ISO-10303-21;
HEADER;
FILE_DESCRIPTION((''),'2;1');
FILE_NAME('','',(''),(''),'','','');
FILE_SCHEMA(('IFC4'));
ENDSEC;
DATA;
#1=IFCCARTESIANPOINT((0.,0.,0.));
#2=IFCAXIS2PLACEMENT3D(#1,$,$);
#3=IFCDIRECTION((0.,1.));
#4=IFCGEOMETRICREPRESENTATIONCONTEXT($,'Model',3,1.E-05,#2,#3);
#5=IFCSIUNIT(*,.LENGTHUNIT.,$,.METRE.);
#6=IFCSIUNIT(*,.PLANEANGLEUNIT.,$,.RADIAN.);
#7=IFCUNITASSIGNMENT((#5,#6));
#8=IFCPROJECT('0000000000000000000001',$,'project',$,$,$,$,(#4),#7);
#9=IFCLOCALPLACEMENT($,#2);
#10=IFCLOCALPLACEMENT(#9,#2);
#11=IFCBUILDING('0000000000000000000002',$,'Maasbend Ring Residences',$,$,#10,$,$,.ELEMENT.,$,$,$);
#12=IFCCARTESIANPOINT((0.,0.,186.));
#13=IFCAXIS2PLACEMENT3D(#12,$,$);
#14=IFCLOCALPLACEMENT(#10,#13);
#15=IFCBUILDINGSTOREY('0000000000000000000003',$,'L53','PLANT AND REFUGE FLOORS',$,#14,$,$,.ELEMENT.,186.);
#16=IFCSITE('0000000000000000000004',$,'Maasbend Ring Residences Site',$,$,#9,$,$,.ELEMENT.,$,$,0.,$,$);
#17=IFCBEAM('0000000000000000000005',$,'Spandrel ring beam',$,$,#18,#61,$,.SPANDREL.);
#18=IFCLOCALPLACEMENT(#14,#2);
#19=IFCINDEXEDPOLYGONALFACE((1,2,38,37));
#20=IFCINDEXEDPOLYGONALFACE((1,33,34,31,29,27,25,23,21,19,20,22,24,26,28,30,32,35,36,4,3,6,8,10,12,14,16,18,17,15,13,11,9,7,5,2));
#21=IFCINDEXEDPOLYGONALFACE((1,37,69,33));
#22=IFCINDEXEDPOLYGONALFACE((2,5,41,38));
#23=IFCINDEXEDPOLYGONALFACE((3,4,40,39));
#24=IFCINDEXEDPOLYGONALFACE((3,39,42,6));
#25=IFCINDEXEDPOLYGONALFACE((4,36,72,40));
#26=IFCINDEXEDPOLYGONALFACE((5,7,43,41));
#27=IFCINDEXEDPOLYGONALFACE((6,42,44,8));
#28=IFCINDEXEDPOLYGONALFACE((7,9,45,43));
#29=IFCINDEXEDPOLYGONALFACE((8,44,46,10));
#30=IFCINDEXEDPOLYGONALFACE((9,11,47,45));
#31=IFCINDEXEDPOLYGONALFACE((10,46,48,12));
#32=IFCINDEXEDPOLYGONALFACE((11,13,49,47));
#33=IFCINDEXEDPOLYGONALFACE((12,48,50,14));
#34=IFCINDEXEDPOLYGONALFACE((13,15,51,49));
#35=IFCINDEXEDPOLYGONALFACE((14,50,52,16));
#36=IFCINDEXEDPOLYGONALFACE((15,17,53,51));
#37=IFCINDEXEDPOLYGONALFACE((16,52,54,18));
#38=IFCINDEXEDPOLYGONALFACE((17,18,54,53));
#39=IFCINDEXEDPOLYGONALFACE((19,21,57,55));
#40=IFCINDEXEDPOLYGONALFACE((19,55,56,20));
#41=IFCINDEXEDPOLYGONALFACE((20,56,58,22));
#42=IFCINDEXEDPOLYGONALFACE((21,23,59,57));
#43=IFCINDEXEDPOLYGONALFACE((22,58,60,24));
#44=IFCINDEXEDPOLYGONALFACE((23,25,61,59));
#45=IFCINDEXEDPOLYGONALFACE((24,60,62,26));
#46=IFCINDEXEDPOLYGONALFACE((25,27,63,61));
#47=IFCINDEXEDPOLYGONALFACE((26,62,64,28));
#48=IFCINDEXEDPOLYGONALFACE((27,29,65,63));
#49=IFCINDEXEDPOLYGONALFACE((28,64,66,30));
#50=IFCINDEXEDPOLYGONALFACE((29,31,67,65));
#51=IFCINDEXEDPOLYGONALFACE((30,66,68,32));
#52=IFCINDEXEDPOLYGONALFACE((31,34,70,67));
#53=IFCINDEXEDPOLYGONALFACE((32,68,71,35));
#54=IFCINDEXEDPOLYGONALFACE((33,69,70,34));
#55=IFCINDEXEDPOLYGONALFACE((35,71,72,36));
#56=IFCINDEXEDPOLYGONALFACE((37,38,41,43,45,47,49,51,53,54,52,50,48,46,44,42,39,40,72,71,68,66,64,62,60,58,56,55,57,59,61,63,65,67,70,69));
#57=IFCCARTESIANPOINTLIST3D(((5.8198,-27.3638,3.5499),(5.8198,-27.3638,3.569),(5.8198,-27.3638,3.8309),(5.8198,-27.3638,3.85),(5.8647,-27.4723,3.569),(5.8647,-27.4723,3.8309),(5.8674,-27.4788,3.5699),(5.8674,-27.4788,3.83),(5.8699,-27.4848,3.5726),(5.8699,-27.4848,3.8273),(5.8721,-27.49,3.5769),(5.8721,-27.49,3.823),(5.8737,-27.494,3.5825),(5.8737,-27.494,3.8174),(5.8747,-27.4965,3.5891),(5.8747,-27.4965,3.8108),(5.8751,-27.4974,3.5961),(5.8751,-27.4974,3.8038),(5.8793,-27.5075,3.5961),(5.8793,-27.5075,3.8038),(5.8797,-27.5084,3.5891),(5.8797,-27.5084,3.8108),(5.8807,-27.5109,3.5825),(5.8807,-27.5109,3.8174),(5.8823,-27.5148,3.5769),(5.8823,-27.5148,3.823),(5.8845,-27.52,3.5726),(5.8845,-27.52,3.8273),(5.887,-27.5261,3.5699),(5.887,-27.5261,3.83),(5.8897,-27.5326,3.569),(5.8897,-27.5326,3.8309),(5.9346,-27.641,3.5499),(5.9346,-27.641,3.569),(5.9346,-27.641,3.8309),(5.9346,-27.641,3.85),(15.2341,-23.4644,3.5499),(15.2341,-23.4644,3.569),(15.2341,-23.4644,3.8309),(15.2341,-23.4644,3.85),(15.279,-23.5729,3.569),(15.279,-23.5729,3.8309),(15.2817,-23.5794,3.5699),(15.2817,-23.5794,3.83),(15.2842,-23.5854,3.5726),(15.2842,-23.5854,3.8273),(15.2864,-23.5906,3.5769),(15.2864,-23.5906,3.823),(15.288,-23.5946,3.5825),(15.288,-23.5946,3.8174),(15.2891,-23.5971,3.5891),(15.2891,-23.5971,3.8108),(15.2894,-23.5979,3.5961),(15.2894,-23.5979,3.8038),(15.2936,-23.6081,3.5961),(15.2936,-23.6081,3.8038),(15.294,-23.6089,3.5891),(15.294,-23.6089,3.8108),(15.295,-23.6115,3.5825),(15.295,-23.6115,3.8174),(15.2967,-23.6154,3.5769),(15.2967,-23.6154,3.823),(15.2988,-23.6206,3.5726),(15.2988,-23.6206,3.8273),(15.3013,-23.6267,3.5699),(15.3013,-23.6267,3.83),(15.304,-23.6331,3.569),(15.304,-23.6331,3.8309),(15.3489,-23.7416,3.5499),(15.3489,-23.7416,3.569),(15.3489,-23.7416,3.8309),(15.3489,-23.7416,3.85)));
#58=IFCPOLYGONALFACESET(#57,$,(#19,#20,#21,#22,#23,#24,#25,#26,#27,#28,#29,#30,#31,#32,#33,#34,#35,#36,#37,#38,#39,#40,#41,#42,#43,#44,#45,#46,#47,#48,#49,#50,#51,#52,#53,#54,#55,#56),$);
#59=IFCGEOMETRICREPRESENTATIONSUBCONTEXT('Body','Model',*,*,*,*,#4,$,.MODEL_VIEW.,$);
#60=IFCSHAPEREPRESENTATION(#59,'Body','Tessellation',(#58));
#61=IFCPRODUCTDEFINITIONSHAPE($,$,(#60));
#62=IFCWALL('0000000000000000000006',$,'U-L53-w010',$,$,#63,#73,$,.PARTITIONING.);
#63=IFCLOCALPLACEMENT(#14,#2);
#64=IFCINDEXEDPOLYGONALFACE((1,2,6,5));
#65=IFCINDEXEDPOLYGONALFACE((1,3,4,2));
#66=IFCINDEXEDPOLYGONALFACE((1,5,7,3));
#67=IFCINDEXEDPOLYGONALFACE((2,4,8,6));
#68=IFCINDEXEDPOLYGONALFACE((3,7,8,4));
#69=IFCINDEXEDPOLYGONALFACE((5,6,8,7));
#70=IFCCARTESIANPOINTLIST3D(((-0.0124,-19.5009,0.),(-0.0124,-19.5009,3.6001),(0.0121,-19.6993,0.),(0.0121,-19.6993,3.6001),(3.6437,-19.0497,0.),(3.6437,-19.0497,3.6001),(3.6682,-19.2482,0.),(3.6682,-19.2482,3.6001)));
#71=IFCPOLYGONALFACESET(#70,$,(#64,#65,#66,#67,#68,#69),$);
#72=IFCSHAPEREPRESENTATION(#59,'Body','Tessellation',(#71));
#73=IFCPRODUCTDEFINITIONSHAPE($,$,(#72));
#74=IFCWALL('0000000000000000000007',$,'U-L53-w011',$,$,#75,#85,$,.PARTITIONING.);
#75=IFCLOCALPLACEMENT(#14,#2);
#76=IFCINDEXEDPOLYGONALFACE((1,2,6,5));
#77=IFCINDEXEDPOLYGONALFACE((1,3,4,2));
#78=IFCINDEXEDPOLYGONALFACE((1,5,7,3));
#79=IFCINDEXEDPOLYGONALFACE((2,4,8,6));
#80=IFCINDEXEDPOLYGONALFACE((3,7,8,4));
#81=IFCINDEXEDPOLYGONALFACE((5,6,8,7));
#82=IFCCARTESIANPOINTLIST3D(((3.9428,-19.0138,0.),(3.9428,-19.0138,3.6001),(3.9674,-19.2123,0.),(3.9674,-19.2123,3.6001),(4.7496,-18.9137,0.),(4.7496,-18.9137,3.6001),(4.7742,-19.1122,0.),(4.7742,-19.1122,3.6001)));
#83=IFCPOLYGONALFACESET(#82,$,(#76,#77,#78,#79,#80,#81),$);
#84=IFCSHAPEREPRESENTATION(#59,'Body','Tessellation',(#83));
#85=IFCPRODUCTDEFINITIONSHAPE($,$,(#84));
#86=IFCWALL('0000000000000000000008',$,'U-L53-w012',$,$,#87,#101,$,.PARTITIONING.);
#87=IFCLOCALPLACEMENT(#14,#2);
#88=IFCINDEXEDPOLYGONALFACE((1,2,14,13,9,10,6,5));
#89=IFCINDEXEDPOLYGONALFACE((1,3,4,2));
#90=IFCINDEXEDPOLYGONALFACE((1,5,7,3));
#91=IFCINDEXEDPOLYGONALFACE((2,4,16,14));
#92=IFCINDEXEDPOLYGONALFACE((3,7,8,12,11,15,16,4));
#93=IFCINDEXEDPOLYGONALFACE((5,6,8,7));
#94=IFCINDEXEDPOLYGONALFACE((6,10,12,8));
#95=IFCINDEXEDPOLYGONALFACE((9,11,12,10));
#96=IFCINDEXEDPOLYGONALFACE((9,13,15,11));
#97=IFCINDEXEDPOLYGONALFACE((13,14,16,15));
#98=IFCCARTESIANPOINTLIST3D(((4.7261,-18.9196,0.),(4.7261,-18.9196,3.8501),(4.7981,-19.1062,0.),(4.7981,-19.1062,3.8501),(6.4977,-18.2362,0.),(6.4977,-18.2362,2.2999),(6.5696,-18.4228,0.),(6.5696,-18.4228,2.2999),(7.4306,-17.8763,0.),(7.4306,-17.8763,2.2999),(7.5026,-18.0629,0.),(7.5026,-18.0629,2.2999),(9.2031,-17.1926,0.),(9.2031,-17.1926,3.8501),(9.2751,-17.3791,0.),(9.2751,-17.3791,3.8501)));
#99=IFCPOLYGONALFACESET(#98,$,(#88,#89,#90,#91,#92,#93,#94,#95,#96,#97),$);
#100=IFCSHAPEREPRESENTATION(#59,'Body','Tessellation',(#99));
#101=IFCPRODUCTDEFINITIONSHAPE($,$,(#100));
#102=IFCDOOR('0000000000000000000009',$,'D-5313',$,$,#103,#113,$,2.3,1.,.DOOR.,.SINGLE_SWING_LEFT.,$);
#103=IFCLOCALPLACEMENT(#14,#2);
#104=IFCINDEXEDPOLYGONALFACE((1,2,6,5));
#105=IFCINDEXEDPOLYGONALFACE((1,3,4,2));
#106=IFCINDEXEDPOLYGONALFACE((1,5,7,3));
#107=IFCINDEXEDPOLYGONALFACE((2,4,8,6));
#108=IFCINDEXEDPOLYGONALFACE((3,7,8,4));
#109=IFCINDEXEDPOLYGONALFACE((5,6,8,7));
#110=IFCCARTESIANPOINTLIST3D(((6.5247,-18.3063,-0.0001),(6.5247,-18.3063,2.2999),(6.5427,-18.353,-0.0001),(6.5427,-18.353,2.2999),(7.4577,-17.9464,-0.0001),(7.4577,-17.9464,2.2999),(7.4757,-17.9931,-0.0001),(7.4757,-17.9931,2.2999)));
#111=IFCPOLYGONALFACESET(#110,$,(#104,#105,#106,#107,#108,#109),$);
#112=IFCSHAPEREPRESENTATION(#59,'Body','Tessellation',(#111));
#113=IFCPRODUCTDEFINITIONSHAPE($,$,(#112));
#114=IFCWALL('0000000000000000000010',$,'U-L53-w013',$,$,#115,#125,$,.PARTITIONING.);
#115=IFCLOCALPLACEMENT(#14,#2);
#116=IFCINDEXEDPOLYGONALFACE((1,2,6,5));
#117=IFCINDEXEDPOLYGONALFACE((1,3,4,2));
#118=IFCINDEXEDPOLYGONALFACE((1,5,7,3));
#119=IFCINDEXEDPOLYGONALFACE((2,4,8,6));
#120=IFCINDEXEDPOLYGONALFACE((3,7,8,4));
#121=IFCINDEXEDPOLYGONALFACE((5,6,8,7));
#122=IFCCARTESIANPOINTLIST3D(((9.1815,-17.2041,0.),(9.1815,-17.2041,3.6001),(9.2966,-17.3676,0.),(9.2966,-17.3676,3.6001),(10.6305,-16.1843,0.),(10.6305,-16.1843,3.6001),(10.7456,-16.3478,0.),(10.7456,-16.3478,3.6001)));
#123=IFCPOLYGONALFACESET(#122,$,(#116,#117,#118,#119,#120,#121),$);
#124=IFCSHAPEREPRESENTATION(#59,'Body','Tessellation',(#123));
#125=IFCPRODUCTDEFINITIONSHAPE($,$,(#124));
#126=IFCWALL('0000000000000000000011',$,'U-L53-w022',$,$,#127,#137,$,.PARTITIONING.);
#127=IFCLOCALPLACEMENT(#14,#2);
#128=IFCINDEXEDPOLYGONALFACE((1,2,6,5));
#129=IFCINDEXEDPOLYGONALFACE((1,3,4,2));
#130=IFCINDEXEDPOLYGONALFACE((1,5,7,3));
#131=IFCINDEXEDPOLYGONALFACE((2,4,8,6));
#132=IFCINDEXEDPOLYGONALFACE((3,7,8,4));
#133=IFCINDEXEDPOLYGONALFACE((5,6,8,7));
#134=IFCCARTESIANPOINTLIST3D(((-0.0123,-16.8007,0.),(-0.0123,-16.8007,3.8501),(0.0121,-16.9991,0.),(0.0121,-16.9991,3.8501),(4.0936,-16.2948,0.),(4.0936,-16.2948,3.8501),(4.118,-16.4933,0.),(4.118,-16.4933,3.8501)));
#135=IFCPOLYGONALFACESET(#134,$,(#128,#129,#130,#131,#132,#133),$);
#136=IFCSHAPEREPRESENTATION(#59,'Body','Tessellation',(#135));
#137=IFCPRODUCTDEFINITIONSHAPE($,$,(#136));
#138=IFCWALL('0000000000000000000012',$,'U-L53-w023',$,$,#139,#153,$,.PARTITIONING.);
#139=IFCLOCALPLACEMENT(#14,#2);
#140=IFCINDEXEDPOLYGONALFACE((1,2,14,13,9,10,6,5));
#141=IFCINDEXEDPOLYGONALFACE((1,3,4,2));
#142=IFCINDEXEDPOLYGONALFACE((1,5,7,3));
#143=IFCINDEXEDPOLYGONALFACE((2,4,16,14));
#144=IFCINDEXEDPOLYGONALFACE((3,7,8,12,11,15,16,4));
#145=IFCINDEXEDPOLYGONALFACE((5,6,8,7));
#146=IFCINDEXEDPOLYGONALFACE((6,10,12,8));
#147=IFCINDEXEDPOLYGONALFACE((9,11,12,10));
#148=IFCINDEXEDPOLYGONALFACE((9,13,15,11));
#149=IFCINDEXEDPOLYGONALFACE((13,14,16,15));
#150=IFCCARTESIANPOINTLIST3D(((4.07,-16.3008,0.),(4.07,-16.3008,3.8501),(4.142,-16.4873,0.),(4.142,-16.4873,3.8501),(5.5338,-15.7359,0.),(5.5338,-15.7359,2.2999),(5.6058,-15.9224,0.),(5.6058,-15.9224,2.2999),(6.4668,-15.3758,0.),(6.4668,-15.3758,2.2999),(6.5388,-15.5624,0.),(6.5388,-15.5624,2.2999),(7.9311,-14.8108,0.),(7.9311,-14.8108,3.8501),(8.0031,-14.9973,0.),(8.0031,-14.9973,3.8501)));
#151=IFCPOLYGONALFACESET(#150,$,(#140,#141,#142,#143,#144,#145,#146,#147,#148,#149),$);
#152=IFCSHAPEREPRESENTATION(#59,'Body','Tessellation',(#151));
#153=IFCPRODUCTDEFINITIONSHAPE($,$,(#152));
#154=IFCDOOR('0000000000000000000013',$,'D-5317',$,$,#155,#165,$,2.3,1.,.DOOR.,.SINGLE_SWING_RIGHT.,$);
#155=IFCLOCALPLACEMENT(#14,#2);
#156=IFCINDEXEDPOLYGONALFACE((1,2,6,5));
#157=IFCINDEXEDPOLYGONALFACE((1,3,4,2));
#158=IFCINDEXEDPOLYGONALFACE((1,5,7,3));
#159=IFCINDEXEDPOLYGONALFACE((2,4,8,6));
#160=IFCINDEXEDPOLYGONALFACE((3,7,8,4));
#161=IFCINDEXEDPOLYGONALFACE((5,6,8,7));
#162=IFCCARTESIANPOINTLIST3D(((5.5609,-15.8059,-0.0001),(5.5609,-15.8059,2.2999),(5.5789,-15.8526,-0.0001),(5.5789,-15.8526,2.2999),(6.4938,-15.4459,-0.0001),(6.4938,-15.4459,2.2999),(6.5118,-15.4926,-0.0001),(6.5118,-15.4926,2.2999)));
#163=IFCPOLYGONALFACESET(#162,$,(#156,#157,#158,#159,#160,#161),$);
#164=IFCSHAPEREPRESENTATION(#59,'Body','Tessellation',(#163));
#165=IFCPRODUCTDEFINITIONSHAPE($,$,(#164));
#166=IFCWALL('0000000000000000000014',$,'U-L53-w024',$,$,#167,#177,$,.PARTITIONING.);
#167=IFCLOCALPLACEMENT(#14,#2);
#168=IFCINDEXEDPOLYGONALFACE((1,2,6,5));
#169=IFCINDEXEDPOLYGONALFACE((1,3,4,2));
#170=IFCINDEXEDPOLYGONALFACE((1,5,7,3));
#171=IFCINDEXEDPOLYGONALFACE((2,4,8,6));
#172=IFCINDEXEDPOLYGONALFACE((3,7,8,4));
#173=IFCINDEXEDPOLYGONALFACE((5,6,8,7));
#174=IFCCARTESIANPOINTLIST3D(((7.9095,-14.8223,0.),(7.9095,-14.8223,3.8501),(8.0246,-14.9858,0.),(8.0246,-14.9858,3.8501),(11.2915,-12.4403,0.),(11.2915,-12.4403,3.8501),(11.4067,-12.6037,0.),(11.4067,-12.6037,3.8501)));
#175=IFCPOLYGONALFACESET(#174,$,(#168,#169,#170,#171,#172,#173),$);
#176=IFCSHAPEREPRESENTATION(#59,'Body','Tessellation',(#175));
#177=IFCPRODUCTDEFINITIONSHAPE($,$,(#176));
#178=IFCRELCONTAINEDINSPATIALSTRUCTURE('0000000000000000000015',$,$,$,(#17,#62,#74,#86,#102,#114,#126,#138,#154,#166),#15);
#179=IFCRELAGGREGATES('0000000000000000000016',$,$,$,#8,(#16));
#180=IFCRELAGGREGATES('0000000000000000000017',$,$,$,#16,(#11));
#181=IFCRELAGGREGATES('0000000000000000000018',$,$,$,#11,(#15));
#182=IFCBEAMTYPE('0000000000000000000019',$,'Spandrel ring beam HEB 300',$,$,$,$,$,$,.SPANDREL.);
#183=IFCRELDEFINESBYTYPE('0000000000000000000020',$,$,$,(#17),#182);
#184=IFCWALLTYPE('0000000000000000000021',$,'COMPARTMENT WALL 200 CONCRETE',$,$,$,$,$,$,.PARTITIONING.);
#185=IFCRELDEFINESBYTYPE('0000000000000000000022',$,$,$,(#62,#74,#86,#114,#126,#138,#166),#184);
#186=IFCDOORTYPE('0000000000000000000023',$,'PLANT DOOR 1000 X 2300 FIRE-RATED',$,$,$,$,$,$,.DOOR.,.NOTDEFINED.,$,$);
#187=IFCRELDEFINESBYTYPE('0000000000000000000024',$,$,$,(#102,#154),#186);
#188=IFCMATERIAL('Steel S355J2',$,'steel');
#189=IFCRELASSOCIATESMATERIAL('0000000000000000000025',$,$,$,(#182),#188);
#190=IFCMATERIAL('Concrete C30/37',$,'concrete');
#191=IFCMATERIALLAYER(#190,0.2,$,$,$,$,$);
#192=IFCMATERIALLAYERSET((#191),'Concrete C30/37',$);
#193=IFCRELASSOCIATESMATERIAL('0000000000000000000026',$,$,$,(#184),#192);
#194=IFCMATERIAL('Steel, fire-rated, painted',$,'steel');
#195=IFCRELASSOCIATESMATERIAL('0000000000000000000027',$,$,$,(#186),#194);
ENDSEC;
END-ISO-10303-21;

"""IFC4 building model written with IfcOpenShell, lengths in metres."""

from ifc_helpers import new_model, si_unit, direction, frame, frame_2d, origin, origin_2d, place, context, subcontext, project, spatial, rectangle, i_section, extrude, material, layer, layer_set, material_profile, profile_set, type_object, element, fill, save


model = new_model("IFC4")

# Units and contexts
model_context = context("Model", 3, precision=1e-05, world=origin(), true_north=direction((0.0, 1.0)))
body_context = subcontext(model_context, "Body", "Model", "MODEL_VIEW")
ifc_project = project(units=[si_unit("LENGTHUNIT", "METRE"), si_unit("PLANEANGLEUNIT", "RADIAN")], contexts=[model_context])

# Site, building, storey
site_placement = place(None, origin())
site = spatial("IfcSite", under=ifc_project, at=site_placement, Name="Maasbend Ring Residences Site", CompositionType="ELEMENT", RefElevation=0.0)
building_placement = place(site_placement, origin())
building = spatial("IfcBuilding", under=site, at=building_placement, Name="Maasbend Ring Residences", CompositionType="ELEMENT")
storey_placement = place(building_placement, frame((0.0, 0.0, 186.0)))
storey = spatial("IfcBuildingStorey", under=building, at=storey_placement, Name="L53", Description="PLANT AND REFUGE FLOORS", CompositionType="ELEMENT", Elevation=186.0)

# Beam
ifc_material_1 = material(Name="Steel S355J2", Category="steel")
ifc_material_profile_1 = material_profile(ifc_material_1, i_section(OverallWidth=0.3, OverallDepth=0.3, WebThickness=0.011, FlangeThickness=0.019, FilletRadius=0.0271, at=origin_2d()), Name="HEB 300")
ifc_profile_set_1 = profile_set([ifc_material_profile_1], Name="Steel S355J2")
beam_type_1 = type_object("IfcBeamType", Name="Spandrel ring beam HEB 300", PredefinedType="SPANDREL", material=ifc_profile_set_1)
beam_1_placement = place(storey_placement, frame((5.8772, -27.5024, 3.7), z_axis=(0.923884, 0.382673, 0.0), x_axis=(-0.382673, 0.923884, 0.0)))
element("IfcBeam", 1, at=beam_1_placement, inside=storey, type_object=beam_type_1, Name="Spandrel ring beam", PredefinedType="SPANDREL", context=body_context, shape_type="SweptSolid", body=[
    extrude(i_section(OverallWidth=0.3, OverallDepth=0.3, WebThickness=0.011, FlangeThickness=0.019, FilletRadius=0.0271, at=origin_2d()), origin(), (0.0, 0.0, 1.0), 10.1899),
])

# Walls
ifc_material_2 = material(Name="Concrete C30/37", Category="concrete")
ifc_layer_1 = layer(ifc_material_2, 0.2)
ifc_layer_set_1 = layer_set([ifc_layer_1], Name="Concrete C30/37")
wall_type_1 = type_object("IfcWallType", Name="COMPARTMENT WALL 200 CONCRETE", PredefinedType="PARTITIONING", material=ifc_layer_set_1)
wall_1_placement = place(storey_placement, frame((0.0, -19.6001, 0.0), z_axis=(0.0, 0.0, 1.0), x_axis=(0.992471, 0.122477, 0.0)))
element("IfcWall", 2, at=wall_1_placement, inside=storey, type_object=wall_type_1, Name="U-L53-w010", PredefinedType="PARTITIONING", context=body_context, shape_type="SweptSolid", body=[
    extrude(rectangle(XDim=3.6838, YDim=0.2, at=frame_2d((1.8418, 0.0))), origin(), (0.0, 0.0, 1.0), 3.6001),
])
wall_2_placement = place(storey_placement, frame((3.9551, -19.113, 0.0), z_axis=(0.0, 0.0, 1.0), x_axis=(0.992393, 0.123111, 0.0)))
element("IfcWall", 3, at=wall_2_placement, inside=storey, type_object=wall_type_1, Name="U-L53-w011", PredefinedType="PARTITIONING", context=body_context, shape_type="SweptSolid", body=[
    extrude(rectangle(XDim=0.813, YDim=0.2, at=frame_2d((0.4065, 0.0))), origin(), (0.0, 0.0, 1.0), 3.6001),
])

# Wall, opening, door
wall_3_placement = place(storey_placement, frame((4.762, -19.0129, 0.0), z_axis=(0.0, 0.0, 1.0), x_axis=(0.932988, 0.359906, 0.0)))
wall_3 = element("IfcWall", 4, at=wall_3_placement, inside=storey, type_object=wall_type_1, Name="U-L53-w012", PredefinedType="PARTITIONING", context=body_context, shape_type="SweptSolid", body=[
    extrude(rectangle(XDim=4.7986, YDim=0.2, at=frame_2d((2.3994, 0.0))), origin(), (0.0, 0.0, 1.0), 3.8501),
])
opening_1_placement = place(wall_3_placement, frame((1.8989, 0.0, 0.0)))
opening_1 = element("IfcOpeningElement", 5, at=opening_1_placement, cuts=wall_3, PredefinedType="OPENING", context=body_context, shape_type="SweptSolid", body=[
    extrude(rectangle(XDim=1.0, YDim=2.3, at=frame_2d((0.5, 1.1499))), frame((0.0, 0.1099, 0.0), z_axis=(0.0, -1.0, 0.0), x_axis=(1.0, 0.0, 0.0)), (0.0, 0.0, 1.0), 0.22),
])
ifc_material_3 = material(Name="Steel, fire-rated, painted", Category="steel")
door_type_1 = type_object("IfcDoorType", Name="PLANT DOOR 1000 X 2300 FIRE-RATED", OperationType="NOTDEFINED", PredefinedType="DOOR", material=ifc_material_3)
door_1_placement = place(opening_1_placement, origin())
door_1 = element("IfcDoor", 6, at=door_1_placement, inside=storey, type_object=door_type_1, Name="D-5313", OperationType="SINGLE_SWING_LEFT", OverallHeight=2.3, OverallWidth=1.0, PredefinedType="DOOR", context=body_context, shape_type="SweptSolid", body=[
    extrude(rectangle(XDim=1.0, YDim=2.3, at=frame_2d((0.5, 1.1499))), frame((0.0, 0.0249, 0.0), z_axis=(0.0, -1.0, 0.0), x_axis=(1.0, 0.0, 0.0)), (0.0, 0.0, 1.0), 0.05),
])
fill(opening_1, door_1)

# Walls
wall_4_placement = place(storey_placement, frame((9.239, -17.2859, 0.0), z_axis=(0.0, 0.0, 1.0), x_axis=(0.817773, 0.575541, 0.0)))
element("IfcWall", 7, at=wall_4_placement, inside=storey, type_object=wall_type_1, Name="U-L53-w013", PredefinedType="PARTITIONING", context=body_context, shape_type="SweptSolid", body=[
    extrude(rectangle(XDim=1.772, YDim=0.2, at=frame_2d((0.886, 0.0))), origin(), (0.0, 0.0, 1.0), 3.6001),
])
wall_5_placement = place(storey_placement, frame((0.0, -16.8999, 0.0), z_axis=(0.0, 0.0, 1.0), x_axis=(0.992496, 0.122277, 0.0)))
element("IfcWall", 8, at=wall_5_placement, inside=storey, type_object=wall_type_1, Name="U-L53-w022", PredefinedType="PARTITIONING", context=body_context, shape_type="SweptSolid", body=[
    extrude(rectangle(XDim=4.137, YDim=0.2, at=frame_2d((2.0684, 0.0))), origin(), (0.0, 0.0, 1.0), 3.8501),
])

# Wall, opening, door
wall_6_placement = place(storey_placement, frame((4.106, -16.394, 0.0), z_axis=(0.0, 0.0, 1.0), x_axis=(0.932944, 0.360022, 0.0)))
wall_6 = element("IfcWall", 9, at=wall_6_placement, inside=storey, type_object=wall_type_1, Name="U-L53-w023", PredefinedType="PARTITIONING", context=body_context, shape_type="SweptSolid", body=[
    extrude(rectangle(XDim=4.1387, YDim=0.2, at=frame_2d((2.0693, 0.0))), origin(), (0.0, 0.0, 1.0), 3.8501),
])
opening_2_placement = place(wall_6_placement, frame((1.5691, 0.0, 0.0)))
opening_2 = element("IfcOpeningElement", 10, at=opening_2_placement, cuts=wall_6, PredefinedType="OPENING", context=body_context, shape_type="SweptSolid", body=[
    extrude(rectangle(XDim=1.0, YDim=2.3, at=frame_2d((0.5, 1.1499))), frame((0.0, 0.1099, 0.0), z_axis=(0.0, -1.0, 0.0), x_axis=(1.0, 0.0, 0.0)), (0.0, 0.0, 1.0), 0.22),
])
door_2_placement = place(opening_2_placement, origin())
door_2 = element("IfcDoor", 11, at=door_2_placement, inside=storey, type_object=door_type_1, Name="D-5317", OperationType="SINGLE_SWING_RIGHT", OverallHeight=2.3, OverallWidth=1.0, PredefinedType="DOOR", context=body_context, shape_type="SweptSolid", body=[
    extrude(rectangle(XDim=1.0, YDim=2.3, at=frame_2d((0.5, 1.1499))), frame((0.0, 0.0249, 0.0), z_axis=(0.0, -1.0, 0.0), x_axis=(1.0, 0.0, 0.0)), (0.0, 0.0, 1.0), 0.05),
])
fill(opening_2, door_2)

# Wall
wall_7_placement = place(storey_placement, frame((7.967, -14.9041, 0.0), z_axis=(0.0, 0.0, 1.0), x_axis=(0.817568, 0.575833, 0.0)))
element("IfcWall", 12, at=wall_7_placement, inside=storey, type_object=wall_type_1, Name="U-L53-w024", PredefinedType="PARTITIONING", context=body_context, shape_type="SweptSolid", body=[
    extrude(rectangle(XDim=4.1367, YDim=0.2, at=frame_2d((2.0684, 0.0))), origin(), (0.0, 0.0, 1.0), 3.8501),
])

save(model, "model.ifc")
